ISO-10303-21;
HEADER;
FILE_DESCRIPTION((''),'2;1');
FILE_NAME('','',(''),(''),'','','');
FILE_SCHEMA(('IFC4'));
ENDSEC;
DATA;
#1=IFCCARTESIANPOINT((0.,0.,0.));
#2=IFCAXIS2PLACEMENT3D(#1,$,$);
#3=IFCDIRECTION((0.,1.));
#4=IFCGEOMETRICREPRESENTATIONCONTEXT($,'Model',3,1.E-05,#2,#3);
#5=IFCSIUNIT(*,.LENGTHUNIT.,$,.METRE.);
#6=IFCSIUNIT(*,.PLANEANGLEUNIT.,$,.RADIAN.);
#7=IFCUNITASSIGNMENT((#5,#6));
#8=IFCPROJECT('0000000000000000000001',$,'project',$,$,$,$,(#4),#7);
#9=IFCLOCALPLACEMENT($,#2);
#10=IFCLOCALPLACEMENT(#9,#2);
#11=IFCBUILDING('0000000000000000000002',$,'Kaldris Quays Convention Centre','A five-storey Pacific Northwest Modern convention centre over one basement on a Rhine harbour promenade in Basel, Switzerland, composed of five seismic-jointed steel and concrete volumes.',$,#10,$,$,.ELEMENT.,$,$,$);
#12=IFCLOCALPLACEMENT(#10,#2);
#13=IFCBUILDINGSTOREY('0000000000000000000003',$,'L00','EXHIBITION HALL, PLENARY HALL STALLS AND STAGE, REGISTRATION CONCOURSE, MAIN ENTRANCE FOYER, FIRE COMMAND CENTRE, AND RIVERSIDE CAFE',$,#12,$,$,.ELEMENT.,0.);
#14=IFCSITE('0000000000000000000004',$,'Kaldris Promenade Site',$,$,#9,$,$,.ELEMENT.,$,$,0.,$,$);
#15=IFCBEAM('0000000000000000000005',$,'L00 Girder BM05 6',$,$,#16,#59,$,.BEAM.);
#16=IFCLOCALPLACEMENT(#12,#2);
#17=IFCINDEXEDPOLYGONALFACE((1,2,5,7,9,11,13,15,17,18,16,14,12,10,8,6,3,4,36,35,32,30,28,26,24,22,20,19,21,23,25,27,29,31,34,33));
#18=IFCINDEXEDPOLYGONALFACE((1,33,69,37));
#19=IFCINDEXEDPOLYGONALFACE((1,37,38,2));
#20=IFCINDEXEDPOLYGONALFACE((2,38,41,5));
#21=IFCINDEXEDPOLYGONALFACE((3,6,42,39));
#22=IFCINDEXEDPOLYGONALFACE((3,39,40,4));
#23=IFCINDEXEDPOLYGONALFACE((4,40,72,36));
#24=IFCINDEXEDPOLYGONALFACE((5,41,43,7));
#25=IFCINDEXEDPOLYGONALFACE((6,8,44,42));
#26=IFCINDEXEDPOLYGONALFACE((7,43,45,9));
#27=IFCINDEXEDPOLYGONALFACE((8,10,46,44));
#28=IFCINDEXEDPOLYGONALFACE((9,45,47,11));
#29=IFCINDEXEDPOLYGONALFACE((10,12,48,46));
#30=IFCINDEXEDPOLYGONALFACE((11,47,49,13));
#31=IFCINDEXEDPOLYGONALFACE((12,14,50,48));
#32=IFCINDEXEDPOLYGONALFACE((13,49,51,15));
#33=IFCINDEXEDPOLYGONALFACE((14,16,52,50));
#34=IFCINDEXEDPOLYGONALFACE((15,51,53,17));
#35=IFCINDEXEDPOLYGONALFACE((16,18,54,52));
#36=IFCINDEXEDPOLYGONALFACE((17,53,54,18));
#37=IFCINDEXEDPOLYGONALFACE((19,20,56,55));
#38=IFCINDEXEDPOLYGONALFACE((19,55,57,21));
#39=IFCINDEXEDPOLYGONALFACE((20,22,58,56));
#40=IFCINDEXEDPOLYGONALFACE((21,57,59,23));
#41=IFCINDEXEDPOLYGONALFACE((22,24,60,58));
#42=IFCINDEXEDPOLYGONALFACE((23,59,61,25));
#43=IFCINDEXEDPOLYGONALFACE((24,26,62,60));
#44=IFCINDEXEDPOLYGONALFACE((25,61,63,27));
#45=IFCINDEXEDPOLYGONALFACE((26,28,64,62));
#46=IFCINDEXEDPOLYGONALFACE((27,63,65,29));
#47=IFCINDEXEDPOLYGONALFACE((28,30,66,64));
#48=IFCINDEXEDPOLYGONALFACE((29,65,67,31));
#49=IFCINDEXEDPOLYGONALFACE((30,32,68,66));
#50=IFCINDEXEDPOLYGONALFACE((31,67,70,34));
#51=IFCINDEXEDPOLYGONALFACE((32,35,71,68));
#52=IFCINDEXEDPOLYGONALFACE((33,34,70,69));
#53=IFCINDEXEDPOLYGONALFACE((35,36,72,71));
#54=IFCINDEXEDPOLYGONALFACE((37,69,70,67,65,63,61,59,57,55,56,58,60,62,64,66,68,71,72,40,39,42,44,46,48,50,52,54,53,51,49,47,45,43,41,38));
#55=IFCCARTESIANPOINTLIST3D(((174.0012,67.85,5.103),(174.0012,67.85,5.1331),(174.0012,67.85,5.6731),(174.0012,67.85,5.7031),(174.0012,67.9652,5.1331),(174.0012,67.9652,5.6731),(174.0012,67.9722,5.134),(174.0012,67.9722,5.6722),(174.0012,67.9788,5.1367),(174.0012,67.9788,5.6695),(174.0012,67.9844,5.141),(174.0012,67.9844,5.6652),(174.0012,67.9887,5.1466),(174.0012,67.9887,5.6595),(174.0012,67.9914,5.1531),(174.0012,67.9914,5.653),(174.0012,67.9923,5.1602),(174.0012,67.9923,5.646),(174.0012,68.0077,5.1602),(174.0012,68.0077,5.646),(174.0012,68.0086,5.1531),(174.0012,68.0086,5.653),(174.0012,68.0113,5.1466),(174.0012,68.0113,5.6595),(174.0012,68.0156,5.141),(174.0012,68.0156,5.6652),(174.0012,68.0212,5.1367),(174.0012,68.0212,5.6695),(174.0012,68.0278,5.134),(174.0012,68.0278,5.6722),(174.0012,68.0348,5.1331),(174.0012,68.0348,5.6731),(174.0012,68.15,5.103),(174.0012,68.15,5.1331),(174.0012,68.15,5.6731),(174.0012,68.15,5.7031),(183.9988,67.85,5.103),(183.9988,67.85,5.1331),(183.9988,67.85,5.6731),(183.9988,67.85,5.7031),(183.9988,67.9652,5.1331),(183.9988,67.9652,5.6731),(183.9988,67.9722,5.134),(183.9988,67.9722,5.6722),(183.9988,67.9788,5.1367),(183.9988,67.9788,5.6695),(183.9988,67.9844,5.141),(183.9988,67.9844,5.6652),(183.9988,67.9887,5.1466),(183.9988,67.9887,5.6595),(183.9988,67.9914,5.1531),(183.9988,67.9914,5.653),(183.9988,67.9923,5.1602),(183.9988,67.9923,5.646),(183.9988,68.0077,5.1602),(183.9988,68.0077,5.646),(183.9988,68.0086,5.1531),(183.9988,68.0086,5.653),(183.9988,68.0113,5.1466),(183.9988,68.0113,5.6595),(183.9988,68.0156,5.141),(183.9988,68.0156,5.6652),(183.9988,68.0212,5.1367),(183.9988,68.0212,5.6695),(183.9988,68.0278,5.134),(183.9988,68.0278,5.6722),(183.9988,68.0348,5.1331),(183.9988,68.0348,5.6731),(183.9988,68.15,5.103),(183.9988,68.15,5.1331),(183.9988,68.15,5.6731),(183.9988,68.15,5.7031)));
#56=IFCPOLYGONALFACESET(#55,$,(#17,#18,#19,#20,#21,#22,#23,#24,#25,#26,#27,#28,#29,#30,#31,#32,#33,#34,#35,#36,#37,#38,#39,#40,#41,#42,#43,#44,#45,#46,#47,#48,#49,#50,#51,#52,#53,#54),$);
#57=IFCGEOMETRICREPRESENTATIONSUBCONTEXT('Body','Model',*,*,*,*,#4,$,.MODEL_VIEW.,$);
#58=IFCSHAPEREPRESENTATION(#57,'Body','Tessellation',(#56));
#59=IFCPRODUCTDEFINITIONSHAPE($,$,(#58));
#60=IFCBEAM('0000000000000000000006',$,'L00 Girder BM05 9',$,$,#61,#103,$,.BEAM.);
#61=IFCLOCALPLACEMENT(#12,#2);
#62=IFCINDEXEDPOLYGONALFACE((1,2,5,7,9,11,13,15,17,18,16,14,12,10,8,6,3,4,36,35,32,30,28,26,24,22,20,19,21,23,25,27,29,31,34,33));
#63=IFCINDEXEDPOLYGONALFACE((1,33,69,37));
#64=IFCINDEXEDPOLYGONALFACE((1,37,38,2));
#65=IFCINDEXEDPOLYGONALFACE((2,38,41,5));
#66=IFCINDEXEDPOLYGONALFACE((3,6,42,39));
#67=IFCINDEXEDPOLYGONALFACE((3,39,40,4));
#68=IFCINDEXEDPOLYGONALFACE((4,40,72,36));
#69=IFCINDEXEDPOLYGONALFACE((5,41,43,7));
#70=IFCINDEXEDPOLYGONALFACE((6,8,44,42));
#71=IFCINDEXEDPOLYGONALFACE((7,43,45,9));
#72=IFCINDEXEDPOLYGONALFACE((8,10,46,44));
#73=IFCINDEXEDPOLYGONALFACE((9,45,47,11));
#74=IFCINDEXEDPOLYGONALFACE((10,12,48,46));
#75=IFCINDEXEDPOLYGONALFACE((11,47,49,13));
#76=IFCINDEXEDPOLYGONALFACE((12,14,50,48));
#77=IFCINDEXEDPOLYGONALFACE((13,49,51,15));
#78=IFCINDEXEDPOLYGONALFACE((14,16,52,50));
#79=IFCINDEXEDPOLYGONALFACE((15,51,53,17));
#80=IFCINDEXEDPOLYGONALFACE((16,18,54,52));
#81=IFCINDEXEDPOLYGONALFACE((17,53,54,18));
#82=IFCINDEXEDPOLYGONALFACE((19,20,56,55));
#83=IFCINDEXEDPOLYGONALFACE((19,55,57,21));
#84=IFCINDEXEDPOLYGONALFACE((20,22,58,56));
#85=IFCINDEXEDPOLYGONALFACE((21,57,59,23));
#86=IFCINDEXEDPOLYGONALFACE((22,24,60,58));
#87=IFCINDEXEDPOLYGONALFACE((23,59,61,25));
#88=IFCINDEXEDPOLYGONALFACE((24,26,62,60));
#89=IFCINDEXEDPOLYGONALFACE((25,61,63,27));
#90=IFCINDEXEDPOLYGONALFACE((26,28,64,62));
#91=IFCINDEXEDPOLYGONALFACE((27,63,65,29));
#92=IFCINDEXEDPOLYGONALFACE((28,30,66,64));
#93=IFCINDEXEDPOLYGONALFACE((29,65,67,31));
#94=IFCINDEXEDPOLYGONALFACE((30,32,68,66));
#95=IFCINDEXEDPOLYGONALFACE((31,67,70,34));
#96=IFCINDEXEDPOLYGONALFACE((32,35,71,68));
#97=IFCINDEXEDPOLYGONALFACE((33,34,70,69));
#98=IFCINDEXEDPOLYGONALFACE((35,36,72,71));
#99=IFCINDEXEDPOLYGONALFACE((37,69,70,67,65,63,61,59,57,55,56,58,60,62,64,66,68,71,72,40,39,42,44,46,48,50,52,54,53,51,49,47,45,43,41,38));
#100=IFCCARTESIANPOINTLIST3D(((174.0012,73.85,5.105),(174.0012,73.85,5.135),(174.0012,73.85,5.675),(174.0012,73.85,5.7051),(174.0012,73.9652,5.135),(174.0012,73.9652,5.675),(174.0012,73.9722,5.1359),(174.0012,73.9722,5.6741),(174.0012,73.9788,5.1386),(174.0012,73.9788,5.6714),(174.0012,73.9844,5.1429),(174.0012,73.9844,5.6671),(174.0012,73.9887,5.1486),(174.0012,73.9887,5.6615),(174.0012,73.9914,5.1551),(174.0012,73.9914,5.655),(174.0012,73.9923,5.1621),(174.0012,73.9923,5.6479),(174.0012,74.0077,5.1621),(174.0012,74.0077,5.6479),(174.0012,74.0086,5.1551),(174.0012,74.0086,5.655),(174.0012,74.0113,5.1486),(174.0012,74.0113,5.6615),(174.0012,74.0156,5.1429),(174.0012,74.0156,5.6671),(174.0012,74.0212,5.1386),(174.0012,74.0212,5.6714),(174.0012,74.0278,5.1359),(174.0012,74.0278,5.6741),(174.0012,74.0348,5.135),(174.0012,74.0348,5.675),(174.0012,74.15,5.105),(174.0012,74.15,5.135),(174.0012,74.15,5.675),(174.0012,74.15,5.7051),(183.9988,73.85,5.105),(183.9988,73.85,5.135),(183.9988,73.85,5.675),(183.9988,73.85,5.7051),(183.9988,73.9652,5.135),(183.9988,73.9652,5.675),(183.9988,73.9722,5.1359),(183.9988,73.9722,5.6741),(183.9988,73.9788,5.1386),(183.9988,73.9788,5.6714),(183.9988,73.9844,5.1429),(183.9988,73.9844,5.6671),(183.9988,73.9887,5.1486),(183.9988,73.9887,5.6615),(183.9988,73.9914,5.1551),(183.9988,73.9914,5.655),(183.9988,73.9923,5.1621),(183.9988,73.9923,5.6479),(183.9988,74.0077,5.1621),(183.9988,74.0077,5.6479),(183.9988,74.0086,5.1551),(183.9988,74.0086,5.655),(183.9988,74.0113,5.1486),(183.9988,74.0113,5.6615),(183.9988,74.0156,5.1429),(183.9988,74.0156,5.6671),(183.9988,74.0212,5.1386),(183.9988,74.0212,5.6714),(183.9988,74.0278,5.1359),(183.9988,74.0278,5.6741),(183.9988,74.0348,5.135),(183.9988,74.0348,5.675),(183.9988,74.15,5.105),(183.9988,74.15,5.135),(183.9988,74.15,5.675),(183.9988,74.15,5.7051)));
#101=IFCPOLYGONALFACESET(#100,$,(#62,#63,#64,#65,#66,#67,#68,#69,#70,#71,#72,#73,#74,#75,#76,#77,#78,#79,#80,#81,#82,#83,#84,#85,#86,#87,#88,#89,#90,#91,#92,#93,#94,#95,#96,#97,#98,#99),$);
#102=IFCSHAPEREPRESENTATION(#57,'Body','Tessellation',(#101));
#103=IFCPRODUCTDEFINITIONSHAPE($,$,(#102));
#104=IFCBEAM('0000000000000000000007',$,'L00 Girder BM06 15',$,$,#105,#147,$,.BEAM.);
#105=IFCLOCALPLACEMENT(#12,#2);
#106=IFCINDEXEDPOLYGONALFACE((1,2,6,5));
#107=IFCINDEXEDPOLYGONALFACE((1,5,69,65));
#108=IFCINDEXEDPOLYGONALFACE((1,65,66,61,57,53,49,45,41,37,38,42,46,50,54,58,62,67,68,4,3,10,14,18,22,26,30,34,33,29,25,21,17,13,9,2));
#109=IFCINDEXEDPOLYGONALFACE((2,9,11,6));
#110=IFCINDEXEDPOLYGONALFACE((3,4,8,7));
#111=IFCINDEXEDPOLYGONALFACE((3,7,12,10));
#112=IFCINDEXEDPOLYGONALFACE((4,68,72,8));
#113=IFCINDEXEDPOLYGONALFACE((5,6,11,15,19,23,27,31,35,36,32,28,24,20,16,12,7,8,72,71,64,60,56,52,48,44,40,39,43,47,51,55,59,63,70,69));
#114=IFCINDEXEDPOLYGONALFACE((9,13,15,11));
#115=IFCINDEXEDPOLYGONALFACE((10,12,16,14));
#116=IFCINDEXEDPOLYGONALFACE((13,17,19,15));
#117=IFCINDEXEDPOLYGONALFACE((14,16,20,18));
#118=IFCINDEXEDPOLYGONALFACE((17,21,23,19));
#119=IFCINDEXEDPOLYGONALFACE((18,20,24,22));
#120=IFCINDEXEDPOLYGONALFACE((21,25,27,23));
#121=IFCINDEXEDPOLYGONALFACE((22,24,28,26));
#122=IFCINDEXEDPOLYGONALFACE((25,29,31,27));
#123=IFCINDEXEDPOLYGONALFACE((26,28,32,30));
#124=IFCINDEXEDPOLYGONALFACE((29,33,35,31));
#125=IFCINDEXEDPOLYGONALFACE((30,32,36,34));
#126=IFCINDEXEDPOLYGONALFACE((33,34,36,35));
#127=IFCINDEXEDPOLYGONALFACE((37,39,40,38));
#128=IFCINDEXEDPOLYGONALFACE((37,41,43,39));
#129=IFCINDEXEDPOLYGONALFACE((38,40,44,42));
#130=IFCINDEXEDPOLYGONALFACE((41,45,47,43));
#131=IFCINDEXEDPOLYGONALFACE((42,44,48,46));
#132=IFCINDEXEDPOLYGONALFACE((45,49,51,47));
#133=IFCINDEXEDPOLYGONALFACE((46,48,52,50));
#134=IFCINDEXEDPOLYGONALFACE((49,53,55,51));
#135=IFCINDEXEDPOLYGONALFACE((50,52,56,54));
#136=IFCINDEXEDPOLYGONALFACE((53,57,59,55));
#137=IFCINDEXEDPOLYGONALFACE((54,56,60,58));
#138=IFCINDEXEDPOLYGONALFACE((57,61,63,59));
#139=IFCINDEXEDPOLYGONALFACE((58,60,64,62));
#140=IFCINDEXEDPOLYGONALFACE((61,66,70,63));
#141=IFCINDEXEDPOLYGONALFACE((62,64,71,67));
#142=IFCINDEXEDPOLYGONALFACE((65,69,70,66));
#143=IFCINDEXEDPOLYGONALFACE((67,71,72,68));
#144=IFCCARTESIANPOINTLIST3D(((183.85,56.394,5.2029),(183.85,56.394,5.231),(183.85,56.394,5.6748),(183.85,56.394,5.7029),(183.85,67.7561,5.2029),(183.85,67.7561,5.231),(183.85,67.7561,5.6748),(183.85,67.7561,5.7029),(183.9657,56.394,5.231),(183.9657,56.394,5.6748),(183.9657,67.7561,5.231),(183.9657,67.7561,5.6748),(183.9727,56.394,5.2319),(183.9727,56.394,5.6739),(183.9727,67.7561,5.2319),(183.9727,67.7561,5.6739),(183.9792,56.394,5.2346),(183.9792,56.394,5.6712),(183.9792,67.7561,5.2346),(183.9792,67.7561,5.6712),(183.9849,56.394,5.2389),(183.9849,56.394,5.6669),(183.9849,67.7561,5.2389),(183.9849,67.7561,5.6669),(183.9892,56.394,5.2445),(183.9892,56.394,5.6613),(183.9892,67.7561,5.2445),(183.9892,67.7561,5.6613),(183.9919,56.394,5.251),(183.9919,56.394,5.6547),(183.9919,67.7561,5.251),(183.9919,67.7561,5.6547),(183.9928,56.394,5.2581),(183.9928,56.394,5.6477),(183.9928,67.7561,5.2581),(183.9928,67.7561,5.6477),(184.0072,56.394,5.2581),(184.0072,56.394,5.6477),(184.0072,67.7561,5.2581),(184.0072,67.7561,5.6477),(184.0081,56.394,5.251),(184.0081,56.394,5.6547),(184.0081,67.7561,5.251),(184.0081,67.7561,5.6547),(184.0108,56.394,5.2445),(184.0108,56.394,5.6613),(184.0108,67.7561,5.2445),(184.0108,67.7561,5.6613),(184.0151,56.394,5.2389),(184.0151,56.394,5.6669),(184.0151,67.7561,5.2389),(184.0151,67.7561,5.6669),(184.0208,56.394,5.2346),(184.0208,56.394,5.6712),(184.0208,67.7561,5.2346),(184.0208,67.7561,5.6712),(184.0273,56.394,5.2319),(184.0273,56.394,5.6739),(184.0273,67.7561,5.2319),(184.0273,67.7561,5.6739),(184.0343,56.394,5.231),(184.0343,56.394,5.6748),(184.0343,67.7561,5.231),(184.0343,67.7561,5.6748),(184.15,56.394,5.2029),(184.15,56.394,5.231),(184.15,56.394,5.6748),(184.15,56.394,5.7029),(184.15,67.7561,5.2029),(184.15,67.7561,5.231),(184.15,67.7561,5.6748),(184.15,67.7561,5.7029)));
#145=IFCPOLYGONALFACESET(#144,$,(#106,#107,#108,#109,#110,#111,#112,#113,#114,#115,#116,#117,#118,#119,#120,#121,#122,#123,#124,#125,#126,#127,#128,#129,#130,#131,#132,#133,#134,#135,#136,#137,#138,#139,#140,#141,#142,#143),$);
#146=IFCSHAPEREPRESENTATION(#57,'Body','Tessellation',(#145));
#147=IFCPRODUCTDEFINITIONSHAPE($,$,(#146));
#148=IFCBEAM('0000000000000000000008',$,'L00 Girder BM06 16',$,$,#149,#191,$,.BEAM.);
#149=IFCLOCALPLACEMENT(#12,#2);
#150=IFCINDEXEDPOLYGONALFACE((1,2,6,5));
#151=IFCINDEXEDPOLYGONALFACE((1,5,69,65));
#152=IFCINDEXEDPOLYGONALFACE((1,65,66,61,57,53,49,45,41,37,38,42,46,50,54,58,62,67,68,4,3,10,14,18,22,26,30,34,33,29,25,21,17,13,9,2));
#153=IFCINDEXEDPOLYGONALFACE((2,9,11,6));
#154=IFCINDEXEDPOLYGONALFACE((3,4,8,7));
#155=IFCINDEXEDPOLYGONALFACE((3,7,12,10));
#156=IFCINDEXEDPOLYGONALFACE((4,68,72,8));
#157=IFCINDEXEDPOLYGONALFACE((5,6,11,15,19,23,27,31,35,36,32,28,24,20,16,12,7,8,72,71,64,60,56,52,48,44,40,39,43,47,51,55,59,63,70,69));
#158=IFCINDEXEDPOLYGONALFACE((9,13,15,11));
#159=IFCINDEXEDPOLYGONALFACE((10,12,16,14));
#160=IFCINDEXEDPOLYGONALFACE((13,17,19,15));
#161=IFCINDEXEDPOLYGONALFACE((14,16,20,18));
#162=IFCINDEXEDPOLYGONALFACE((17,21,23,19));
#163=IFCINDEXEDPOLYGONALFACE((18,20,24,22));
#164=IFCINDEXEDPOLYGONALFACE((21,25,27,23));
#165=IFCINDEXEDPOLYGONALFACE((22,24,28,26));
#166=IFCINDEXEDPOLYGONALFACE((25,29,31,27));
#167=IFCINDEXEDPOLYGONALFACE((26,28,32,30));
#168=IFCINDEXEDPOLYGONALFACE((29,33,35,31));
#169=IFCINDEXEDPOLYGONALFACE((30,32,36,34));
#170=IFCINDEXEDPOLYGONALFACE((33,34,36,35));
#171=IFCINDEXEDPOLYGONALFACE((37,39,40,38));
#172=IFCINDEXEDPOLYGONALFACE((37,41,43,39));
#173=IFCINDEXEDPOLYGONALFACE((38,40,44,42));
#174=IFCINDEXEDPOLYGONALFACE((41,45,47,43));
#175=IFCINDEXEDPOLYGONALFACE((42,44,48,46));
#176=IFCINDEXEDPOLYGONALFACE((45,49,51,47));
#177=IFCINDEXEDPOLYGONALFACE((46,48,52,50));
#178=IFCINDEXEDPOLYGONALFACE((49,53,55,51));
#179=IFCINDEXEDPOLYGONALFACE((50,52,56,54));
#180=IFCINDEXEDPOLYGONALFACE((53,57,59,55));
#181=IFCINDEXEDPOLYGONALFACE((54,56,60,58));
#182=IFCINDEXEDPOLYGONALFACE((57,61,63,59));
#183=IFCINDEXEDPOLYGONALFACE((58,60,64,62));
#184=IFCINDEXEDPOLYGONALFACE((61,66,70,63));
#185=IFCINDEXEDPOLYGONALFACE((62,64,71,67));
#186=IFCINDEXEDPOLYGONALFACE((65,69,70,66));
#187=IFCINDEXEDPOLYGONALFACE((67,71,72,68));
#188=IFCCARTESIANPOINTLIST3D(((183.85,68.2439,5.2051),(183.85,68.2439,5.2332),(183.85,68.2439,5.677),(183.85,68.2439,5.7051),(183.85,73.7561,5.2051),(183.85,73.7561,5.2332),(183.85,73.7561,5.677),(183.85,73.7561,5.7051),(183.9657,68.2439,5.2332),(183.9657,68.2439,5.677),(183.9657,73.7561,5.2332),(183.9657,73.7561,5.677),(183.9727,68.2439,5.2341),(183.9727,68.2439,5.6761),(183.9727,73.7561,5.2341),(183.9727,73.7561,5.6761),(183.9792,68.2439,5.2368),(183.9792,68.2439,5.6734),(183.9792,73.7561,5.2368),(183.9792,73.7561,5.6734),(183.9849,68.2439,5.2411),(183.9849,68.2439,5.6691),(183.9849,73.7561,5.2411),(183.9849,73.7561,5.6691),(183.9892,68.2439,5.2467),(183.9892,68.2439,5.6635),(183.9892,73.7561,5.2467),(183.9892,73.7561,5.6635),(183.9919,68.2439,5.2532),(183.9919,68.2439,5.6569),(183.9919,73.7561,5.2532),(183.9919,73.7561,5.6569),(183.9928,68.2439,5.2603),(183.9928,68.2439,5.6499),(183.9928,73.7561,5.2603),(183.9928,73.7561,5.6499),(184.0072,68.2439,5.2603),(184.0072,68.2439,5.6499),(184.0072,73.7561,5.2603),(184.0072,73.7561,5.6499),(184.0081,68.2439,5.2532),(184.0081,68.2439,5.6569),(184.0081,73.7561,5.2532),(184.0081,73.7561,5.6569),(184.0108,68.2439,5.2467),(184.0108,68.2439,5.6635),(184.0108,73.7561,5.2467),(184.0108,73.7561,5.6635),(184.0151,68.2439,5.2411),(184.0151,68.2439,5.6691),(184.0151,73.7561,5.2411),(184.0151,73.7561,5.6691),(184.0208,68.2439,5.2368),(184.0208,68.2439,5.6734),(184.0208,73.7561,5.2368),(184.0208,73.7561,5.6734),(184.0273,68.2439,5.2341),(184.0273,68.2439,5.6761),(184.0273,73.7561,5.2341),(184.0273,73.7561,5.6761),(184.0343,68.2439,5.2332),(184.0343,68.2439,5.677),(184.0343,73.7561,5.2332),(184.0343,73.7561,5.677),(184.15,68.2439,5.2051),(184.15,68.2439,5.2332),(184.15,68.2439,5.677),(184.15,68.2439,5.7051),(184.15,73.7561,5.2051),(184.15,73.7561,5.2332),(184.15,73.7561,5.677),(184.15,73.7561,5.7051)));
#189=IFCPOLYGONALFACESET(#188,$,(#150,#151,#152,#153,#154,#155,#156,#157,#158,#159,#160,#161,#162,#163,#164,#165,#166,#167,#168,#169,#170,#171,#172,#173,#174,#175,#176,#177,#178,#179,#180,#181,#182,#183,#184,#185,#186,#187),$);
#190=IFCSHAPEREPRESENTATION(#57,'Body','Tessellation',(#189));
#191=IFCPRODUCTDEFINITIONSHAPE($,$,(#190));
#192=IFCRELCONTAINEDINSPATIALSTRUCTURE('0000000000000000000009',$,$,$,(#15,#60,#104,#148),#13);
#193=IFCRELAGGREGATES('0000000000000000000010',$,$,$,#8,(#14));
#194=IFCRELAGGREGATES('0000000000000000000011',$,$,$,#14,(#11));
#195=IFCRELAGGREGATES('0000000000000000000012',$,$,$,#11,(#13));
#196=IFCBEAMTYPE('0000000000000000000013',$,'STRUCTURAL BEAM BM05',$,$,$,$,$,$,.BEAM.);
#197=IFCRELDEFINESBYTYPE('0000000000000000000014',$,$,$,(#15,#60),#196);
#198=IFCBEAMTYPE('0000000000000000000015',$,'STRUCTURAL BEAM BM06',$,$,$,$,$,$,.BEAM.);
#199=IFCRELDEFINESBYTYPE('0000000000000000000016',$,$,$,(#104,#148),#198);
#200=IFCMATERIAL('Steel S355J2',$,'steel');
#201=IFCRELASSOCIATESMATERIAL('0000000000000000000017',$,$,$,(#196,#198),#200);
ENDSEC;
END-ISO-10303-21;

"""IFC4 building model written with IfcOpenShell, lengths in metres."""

from ifc_helpers import new_model, si_unit, direction, frame, origin, origin_2d, place, context, subcontext, project, spatial, i_section, extrude, material, material_profile, profile_set, type_object, element, save


model = new_model("IFC4")

# Units and contexts
model_context = context("Model", 3, precision=1e-05, world=origin(), true_north=direction((0.0, 1.0)))
body_context = subcontext(model_context, "Body", "Model", "MODEL_VIEW")
ifc_project = project(units=[si_unit("LENGTHUNIT", "METRE"), si_unit("PLANEANGLEUNIT", "RADIAN")], contexts=[model_context])

# Site, building, storey
site_placement = place(None, origin())
site = spatial("IfcSite", under=ifc_project, at=site_placement, Name="Kaldris Promenade Site", CompositionType="ELEMENT", RefElevation=0.0)
building_placement = place(site_placement, origin())
building = spatial("IfcBuilding", under=site, at=building_placement, Name="Kaldris Quays Convention Centre", Description="A five-storey Pacific Northwest Modern convention centre over one basement on a Rhine harbour promenade in Basel, Switzerland, composed of five seismic-jointed steel and concrete volumes.", CompositionType="ELEMENT")
storey_placement = place(building_placement, origin())
storey = spatial("IfcBuildingStorey", under=building, at=storey_placement, Name="L00", Description="EXHIBITION HALL, PLENARY HALL STALLS AND STAGE, REGISTRATION CONCOURSE, MAIN ENTRANCE FOYER, FIRE COMMAND CENTRE, AND RIVERSIDE CAFE", CompositionType="ELEMENT", Elevation=0.0)

# Shared definitions
ifc_material_1 = material(Name="Steel S355J2", Category="steel")

# Beams
ifc_material_profile_1 = material_profile(ifc_material_1, i_section(OverallWidth=0.3, OverallDepth=0.6001, WebThickness=0.0154, FlangeThickness=0.03, FilletRadius=0.0271, at=origin_2d()), Name="HEB 600")
ifc_profile_set_1 = profile_set([ifc_material_profile_1], Name="Steel S355J2")
beam_type_1 = type_object("IfcBeamType", Name="STRUCTURAL BEAM BM05", PredefinedType="BEAM", material=ifc_profile_set_1)
for number, where, z_axis, x_axis, name in (
    (1, (174.0012, 68.0, 5.4031), (1.0, 0.0, 0.0), (0.0, 1.0, 0.0), "L00 Girder BM05 6"),
    (2, (174.0012, 74.0, 5.405), (1.0, 0.0, 0.0), (0.0, 1.0, 0.0), "L00 Girder BM05 9"),
):
    element("IfcBeam", number, at=place(storey_placement, frame(where, z_axis=z_axis, x_axis=x_axis)), inside=storey, type_object=beam_type_1, Name=name, PredefinedType="BEAM", context=body_context, shape_type="SweptSolid", body=[
        extrude(i_section(OverallWidth=0.3, OverallDepth=0.6001, WebThickness=0.0154, FlangeThickness=0.03, FilletRadius=0.0271, at=origin_2d()), origin(), (0.0, 0.0, 1.0), 9.9976),
    ])
ifc_material_profile_2 = material_profile(ifc_material_1, i_section(OverallWidth=0.3, OverallDepth=0.5, WebThickness=0.0144, FlangeThickness=0.0281, FilletRadius=0.0271, at=origin_2d()), Name="HEB 500")
ifc_profile_set_2 = profile_set([ifc_material_profile_2], Name="Steel S355J2")
beam_type_2 = type_object("IfcBeamType", Name="STRUCTURAL BEAM BM06", PredefinedType="BEAM", material=ifc_profile_set_2)
beam_1_placement = place(storey_placement, frame((184.0, 56.394, 5.4529), z_axis=(0.0, 1.0, 0.0), x_axis=(-1.0, 0.0, 0.0)))
element("IfcBeam", 3, at=beam_1_placement, inside=storey, type_object=beam_type_2, Name="L00 Girder BM06 15", PredefinedType="BEAM", context=body_context, shape_type="SweptSolid", body=[
    extrude(i_section(OverallWidth=0.3, OverallDepth=0.5, WebThickness=0.0144, FlangeThickness=0.0281, FilletRadius=0.0271, at=origin_2d()), origin(), (0.0, 0.0, 1.0), 11.3621),
])
beam_2_placement = place(storey_placement, frame((184.0, 68.2439, 5.4551), z_axis=(0.0, 1.0, 0.0), x_axis=(-1.0, 0.0, 0.0)))
element("IfcBeam", 4, at=beam_2_placement, inside=storey, type_object=beam_type_2, Name="L00 Girder BM06 16", PredefinedType="BEAM", context=body_context, shape_type="SweptSolid", body=[
    extrude(i_section(OverallWidth=0.3, OverallDepth=0.5, WebThickness=0.0144, FlangeThickness=0.0281, FilletRadius=0.0271, at=origin_2d()), origin(), (0.0, 0.0, 1.0), 5.5122),
])

save(model, "model.ifc")
